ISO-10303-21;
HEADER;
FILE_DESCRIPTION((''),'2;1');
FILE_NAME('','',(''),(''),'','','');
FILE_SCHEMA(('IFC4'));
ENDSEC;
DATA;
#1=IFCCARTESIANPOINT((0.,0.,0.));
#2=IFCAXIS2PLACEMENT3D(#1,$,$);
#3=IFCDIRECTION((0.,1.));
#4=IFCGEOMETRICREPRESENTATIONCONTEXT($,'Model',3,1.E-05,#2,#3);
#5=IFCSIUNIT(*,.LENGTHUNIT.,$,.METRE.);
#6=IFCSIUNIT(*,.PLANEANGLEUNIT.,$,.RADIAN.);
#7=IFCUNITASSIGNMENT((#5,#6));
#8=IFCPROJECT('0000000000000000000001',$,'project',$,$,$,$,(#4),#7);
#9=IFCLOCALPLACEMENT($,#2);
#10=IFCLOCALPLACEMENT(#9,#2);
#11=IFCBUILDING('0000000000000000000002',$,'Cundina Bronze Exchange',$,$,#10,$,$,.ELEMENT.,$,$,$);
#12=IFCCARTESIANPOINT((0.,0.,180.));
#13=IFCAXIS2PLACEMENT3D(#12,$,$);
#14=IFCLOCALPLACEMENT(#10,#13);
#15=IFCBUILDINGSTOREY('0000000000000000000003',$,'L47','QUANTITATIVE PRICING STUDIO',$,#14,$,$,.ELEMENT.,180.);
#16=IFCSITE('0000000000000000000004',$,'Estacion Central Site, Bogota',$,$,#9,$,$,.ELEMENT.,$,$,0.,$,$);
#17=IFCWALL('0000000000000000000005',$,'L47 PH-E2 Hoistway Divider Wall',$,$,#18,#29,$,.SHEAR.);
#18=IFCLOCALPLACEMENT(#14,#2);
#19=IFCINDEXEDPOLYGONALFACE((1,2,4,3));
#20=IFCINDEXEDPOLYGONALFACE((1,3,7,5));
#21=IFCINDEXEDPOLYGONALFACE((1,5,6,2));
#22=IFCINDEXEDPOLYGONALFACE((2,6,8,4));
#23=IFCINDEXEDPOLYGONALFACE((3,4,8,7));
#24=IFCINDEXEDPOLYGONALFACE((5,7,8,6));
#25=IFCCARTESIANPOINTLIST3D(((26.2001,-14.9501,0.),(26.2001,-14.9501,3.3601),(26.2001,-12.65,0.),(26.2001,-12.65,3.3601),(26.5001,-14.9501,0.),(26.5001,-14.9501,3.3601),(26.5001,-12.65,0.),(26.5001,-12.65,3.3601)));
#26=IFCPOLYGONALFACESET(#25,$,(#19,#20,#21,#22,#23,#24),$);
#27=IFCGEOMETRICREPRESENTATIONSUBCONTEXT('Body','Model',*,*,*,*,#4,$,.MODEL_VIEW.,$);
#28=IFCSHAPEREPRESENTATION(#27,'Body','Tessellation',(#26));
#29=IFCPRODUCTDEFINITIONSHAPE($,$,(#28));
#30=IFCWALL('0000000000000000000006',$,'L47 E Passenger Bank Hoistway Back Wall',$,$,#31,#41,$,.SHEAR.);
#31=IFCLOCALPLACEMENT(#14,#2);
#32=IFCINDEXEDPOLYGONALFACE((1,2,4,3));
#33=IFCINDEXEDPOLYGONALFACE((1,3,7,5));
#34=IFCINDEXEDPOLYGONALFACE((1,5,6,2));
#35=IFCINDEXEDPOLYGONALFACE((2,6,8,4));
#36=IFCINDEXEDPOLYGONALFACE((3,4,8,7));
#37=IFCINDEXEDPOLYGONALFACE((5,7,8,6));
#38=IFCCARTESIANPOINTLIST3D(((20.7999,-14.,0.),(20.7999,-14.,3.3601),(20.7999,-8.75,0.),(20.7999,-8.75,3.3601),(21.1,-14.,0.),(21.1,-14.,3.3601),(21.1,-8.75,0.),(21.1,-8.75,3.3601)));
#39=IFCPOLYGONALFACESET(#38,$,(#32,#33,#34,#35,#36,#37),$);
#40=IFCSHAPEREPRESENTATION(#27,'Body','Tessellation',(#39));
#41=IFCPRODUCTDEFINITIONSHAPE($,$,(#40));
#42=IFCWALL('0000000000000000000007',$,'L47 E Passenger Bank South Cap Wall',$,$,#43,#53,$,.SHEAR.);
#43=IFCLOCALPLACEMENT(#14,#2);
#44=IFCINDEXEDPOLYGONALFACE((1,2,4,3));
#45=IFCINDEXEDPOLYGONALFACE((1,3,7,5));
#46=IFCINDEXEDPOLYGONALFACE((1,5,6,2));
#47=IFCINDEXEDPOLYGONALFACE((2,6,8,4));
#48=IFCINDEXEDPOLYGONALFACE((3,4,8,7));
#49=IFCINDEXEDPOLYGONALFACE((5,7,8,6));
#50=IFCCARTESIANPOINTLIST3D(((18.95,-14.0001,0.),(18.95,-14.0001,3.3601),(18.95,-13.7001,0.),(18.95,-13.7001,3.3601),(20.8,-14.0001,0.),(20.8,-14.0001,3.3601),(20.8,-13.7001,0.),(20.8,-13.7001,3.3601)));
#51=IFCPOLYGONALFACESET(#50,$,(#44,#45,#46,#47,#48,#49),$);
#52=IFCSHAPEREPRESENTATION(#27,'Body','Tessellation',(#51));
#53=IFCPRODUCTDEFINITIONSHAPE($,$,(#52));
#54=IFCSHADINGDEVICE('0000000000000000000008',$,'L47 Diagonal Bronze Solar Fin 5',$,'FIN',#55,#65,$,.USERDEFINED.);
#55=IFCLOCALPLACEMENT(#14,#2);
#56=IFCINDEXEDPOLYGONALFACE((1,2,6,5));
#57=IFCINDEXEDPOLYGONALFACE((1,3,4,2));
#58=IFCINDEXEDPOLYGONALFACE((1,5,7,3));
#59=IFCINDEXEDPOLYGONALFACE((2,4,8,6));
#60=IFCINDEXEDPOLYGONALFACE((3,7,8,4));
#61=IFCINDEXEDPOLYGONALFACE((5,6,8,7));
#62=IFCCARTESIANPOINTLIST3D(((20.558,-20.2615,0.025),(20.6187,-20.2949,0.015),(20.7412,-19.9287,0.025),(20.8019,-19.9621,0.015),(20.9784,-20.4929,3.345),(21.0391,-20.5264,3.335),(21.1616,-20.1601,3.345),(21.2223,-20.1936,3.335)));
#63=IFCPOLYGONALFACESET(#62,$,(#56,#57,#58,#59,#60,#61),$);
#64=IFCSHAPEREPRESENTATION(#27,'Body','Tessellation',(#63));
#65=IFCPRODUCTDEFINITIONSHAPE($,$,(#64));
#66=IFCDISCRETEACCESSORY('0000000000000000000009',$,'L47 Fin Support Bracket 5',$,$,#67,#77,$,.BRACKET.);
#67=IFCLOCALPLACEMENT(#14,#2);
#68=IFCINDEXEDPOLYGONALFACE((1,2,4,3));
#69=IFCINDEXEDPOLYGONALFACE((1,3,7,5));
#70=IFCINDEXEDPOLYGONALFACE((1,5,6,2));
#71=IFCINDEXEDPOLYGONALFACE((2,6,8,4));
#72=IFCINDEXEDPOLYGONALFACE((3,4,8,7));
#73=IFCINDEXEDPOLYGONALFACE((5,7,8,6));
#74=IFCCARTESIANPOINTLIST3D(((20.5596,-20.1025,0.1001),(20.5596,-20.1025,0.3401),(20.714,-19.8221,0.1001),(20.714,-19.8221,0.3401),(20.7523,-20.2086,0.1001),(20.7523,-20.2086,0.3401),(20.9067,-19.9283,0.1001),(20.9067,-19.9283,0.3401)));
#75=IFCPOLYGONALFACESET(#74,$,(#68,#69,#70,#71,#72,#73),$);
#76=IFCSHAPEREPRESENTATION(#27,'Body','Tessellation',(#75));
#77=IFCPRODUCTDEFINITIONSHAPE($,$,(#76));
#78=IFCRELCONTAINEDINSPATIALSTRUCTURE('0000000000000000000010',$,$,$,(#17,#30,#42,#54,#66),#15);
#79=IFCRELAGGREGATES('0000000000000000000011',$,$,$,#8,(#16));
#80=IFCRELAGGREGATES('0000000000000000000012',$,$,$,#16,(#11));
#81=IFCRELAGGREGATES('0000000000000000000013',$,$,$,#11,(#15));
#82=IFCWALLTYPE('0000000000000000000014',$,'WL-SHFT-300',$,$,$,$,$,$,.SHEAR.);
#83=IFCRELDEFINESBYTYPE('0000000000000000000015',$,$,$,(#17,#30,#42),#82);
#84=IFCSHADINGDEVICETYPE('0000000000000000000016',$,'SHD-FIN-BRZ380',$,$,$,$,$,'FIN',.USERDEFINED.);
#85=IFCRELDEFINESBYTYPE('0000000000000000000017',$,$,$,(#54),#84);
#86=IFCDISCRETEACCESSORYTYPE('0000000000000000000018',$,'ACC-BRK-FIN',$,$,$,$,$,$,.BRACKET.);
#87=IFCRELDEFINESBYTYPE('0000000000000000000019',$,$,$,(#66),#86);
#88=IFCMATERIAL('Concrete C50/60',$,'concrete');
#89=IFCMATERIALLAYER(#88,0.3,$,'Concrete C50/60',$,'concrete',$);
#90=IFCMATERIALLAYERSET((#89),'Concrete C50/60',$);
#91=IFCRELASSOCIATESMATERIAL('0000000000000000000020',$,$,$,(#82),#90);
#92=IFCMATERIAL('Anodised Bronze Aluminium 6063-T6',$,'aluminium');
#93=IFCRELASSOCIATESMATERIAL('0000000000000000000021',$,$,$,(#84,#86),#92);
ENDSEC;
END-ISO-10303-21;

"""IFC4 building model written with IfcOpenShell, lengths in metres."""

from ifc_helpers import new_model, si_unit, direction, frame, frame_2d, origin, origin_2d, place, context, subcontext, project, spatial, rectangle, extrude, material, layer, layer_set, material_profile, profile_set, type_object, element, save


model = new_model("IFC4")

# Units and contexts
model_context = context("Model", 3, precision=1e-05, world=origin(), true_north=direction((0.0, 1.0)))
body_context = subcontext(model_context, "Body", "Model", "MODEL_VIEW")
ifc_project = project(units=[si_unit("LENGTHUNIT", "METRE"), si_unit("PLANEANGLEUNIT", "RADIAN")], contexts=[model_context])

# Site, building, storey
site_placement = place(None, origin())
site = spatial("IfcSite", under=ifc_project, at=site_placement, Name="Estacion Central Site, Bogota", CompositionType="ELEMENT", RefElevation=0.0)
building_placement = place(site_placement, origin())
building = spatial("IfcBuilding", under=site, at=building_placement, Name="Cundina Bronze Exchange", CompositionType="ELEMENT")
storey_placement = place(building_placement, frame((0.0, 0.0, 180.0)))
storey = spatial("IfcBuildingStorey", under=building, at=storey_placement, Name="L47", Description="QUANTITATIVE PRICING STUDIO", CompositionType="ELEMENT", Elevation=180.0)

# Shared definitions
ifc_material_1 = material(Name="Concrete C50/60", Category="concrete")

# Shared definitions
ifc_material_2 = material(Name="Anodised Bronze Aluminium 6063-T6", Category="aluminium")

# Walls
ifc_layer_1 = layer(ifc_material_1, 0.3, Name="Concrete C50/60", Category="concrete")
ifc_layer_set_1 = layer_set([ifc_layer_1], Name="Concrete C50/60")
wall_type_1 = type_object("IfcWallType", Name="WL-SHFT-300", PredefinedType="SHEAR", material=ifc_layer_set_1)
wall_1_placement = place(storey_placement, frame((26.3501, -14.95, 0.0), z_axis=(0.0, 0.0, 1.0), x_axis=(0.0, 1.0, 0.0)))
element("IfcWall", 1, at=wall_1_placement, inside=storey, type_object=wall_type_1, Name="L47 PH-E2 Hoistway Divider Wall", PredefinedType="SHEAR", context=body_context, shape_type="SweptSolid", body=[
    extrude(rectangle(XDim=2.3, YDim=0.3, at=frame_2d((1.1499, 0.0))), origin(), (0.0, 0.0, 1.0), 3.3601),
])
wall_2_placement = place(storey_placement, frame((20.95, -14.0, 0.0), z_axis=(0.0, 0.0, 1.0), x_axis=(0.0, 1.0, 0.0)))
element("IfcWall", 2, at=wall_2_placement, inside=storey, type_object=wall_type_1, Name="L47 E Passenger Bank Hoistway Back Wall", PredefinedType="SHEAR", context=body_context, shape_type="SweptSolid", body=[
    extrude(rectangle(XDim=5.25, YDim=0.3, at=frame_2d((2.625, 0.0))), origin(), (0.0, 0.0, 1.0), 3.3601),
])
wall_3_placement = place(storey_placement, frame((18.95, -13.8501, 0.0), z_axis=(0.0, 0.0, 1.0), x_axis=(1.0, 0.0, 0.0)))
element("IfcWall", 3, at=wall_3_placement, inside=storey, type_object=wall_type_1, Name="L47 E Passenger Bank South Cap Wall", PredefinedType="SHEAR", context=body_context, shape_type="SweptSolid", body=[
    extrude(rectangle(XDim=1.8501, YDim=0.3, at=frame_2d((0.925, 0.0))), origin(), (0.0, 0.0, 1.0), 3.3601),
])

# Shading device
ifc_material_profile_1 = material_profile(ifc_material_2, rectangle(XDim=0.0701, YDim=0.3799, at=origin_2d()), Name="FIN70X380", Category="aluminium")
ifc_profile_set_1 = profile_set([ifc_material_profile_1], Name="Anodised Bronze Aluminium 6063-T6")
shading_device_type = type_object("IfcShadingDeviceType", Name="SHD-FIN-BRZ380", ElementType="FIN", PredefinedType="USERDEFINED", material=ifc_profile_set_1)
shading_device_placement = place(storey_placement, frame((20.6799, -20.1118, 0.02), z_axis=(0.125324, -0.068994, 0.989714), x_axis=(-0.867012, 0.47731, 0.143061)))
element("IfcShadingDevice", 4, at=shading_device_placement, inside=storey, type_object=shading_device_type, Name="L47 Diagonal Bronze Solar Fin 5", ObjectType="FIN", PredefinedType="USERDEFINED", context=body_context, shape_type="SweptSolid", body=[
    extrude(rectangle(XDim=0.0701, YDim=0.3799, at=origin_2d()), origin(), (0.0, 0.0, 1.0), 3.3545),
])

# Discrete accessory
discrete_accessory_type = type_object("IfcDiscreteAccessoryType", Name="ACC-BRK-FIN", PredefinedType="BRACKET", material=ifc_material_2)
discrete_accessory_placement = place(storey_placement, frame((20.7332, -20.0154, 0.1001), z_axis=(0.0, 0.0, 1.0), x_axis=(0.875869, -0.482549, 0.0)))
element("IfcDiscreteAccessory", 5, at=discrete_accessory_placement, inside=storey, type_object=discrete_accessory_type, Name="L47 Fin Support Bracket 5", PredefinedType="BRACKET", context=body_context, shape_type="SweptSolid", body=[
    extrude(rectangle(XDim=0.22, YDim=0.3201, at=origin_2d()), origin(), (0.0, 0.0, 1.0), 0.24),
])

save(model, "model.ifc")
